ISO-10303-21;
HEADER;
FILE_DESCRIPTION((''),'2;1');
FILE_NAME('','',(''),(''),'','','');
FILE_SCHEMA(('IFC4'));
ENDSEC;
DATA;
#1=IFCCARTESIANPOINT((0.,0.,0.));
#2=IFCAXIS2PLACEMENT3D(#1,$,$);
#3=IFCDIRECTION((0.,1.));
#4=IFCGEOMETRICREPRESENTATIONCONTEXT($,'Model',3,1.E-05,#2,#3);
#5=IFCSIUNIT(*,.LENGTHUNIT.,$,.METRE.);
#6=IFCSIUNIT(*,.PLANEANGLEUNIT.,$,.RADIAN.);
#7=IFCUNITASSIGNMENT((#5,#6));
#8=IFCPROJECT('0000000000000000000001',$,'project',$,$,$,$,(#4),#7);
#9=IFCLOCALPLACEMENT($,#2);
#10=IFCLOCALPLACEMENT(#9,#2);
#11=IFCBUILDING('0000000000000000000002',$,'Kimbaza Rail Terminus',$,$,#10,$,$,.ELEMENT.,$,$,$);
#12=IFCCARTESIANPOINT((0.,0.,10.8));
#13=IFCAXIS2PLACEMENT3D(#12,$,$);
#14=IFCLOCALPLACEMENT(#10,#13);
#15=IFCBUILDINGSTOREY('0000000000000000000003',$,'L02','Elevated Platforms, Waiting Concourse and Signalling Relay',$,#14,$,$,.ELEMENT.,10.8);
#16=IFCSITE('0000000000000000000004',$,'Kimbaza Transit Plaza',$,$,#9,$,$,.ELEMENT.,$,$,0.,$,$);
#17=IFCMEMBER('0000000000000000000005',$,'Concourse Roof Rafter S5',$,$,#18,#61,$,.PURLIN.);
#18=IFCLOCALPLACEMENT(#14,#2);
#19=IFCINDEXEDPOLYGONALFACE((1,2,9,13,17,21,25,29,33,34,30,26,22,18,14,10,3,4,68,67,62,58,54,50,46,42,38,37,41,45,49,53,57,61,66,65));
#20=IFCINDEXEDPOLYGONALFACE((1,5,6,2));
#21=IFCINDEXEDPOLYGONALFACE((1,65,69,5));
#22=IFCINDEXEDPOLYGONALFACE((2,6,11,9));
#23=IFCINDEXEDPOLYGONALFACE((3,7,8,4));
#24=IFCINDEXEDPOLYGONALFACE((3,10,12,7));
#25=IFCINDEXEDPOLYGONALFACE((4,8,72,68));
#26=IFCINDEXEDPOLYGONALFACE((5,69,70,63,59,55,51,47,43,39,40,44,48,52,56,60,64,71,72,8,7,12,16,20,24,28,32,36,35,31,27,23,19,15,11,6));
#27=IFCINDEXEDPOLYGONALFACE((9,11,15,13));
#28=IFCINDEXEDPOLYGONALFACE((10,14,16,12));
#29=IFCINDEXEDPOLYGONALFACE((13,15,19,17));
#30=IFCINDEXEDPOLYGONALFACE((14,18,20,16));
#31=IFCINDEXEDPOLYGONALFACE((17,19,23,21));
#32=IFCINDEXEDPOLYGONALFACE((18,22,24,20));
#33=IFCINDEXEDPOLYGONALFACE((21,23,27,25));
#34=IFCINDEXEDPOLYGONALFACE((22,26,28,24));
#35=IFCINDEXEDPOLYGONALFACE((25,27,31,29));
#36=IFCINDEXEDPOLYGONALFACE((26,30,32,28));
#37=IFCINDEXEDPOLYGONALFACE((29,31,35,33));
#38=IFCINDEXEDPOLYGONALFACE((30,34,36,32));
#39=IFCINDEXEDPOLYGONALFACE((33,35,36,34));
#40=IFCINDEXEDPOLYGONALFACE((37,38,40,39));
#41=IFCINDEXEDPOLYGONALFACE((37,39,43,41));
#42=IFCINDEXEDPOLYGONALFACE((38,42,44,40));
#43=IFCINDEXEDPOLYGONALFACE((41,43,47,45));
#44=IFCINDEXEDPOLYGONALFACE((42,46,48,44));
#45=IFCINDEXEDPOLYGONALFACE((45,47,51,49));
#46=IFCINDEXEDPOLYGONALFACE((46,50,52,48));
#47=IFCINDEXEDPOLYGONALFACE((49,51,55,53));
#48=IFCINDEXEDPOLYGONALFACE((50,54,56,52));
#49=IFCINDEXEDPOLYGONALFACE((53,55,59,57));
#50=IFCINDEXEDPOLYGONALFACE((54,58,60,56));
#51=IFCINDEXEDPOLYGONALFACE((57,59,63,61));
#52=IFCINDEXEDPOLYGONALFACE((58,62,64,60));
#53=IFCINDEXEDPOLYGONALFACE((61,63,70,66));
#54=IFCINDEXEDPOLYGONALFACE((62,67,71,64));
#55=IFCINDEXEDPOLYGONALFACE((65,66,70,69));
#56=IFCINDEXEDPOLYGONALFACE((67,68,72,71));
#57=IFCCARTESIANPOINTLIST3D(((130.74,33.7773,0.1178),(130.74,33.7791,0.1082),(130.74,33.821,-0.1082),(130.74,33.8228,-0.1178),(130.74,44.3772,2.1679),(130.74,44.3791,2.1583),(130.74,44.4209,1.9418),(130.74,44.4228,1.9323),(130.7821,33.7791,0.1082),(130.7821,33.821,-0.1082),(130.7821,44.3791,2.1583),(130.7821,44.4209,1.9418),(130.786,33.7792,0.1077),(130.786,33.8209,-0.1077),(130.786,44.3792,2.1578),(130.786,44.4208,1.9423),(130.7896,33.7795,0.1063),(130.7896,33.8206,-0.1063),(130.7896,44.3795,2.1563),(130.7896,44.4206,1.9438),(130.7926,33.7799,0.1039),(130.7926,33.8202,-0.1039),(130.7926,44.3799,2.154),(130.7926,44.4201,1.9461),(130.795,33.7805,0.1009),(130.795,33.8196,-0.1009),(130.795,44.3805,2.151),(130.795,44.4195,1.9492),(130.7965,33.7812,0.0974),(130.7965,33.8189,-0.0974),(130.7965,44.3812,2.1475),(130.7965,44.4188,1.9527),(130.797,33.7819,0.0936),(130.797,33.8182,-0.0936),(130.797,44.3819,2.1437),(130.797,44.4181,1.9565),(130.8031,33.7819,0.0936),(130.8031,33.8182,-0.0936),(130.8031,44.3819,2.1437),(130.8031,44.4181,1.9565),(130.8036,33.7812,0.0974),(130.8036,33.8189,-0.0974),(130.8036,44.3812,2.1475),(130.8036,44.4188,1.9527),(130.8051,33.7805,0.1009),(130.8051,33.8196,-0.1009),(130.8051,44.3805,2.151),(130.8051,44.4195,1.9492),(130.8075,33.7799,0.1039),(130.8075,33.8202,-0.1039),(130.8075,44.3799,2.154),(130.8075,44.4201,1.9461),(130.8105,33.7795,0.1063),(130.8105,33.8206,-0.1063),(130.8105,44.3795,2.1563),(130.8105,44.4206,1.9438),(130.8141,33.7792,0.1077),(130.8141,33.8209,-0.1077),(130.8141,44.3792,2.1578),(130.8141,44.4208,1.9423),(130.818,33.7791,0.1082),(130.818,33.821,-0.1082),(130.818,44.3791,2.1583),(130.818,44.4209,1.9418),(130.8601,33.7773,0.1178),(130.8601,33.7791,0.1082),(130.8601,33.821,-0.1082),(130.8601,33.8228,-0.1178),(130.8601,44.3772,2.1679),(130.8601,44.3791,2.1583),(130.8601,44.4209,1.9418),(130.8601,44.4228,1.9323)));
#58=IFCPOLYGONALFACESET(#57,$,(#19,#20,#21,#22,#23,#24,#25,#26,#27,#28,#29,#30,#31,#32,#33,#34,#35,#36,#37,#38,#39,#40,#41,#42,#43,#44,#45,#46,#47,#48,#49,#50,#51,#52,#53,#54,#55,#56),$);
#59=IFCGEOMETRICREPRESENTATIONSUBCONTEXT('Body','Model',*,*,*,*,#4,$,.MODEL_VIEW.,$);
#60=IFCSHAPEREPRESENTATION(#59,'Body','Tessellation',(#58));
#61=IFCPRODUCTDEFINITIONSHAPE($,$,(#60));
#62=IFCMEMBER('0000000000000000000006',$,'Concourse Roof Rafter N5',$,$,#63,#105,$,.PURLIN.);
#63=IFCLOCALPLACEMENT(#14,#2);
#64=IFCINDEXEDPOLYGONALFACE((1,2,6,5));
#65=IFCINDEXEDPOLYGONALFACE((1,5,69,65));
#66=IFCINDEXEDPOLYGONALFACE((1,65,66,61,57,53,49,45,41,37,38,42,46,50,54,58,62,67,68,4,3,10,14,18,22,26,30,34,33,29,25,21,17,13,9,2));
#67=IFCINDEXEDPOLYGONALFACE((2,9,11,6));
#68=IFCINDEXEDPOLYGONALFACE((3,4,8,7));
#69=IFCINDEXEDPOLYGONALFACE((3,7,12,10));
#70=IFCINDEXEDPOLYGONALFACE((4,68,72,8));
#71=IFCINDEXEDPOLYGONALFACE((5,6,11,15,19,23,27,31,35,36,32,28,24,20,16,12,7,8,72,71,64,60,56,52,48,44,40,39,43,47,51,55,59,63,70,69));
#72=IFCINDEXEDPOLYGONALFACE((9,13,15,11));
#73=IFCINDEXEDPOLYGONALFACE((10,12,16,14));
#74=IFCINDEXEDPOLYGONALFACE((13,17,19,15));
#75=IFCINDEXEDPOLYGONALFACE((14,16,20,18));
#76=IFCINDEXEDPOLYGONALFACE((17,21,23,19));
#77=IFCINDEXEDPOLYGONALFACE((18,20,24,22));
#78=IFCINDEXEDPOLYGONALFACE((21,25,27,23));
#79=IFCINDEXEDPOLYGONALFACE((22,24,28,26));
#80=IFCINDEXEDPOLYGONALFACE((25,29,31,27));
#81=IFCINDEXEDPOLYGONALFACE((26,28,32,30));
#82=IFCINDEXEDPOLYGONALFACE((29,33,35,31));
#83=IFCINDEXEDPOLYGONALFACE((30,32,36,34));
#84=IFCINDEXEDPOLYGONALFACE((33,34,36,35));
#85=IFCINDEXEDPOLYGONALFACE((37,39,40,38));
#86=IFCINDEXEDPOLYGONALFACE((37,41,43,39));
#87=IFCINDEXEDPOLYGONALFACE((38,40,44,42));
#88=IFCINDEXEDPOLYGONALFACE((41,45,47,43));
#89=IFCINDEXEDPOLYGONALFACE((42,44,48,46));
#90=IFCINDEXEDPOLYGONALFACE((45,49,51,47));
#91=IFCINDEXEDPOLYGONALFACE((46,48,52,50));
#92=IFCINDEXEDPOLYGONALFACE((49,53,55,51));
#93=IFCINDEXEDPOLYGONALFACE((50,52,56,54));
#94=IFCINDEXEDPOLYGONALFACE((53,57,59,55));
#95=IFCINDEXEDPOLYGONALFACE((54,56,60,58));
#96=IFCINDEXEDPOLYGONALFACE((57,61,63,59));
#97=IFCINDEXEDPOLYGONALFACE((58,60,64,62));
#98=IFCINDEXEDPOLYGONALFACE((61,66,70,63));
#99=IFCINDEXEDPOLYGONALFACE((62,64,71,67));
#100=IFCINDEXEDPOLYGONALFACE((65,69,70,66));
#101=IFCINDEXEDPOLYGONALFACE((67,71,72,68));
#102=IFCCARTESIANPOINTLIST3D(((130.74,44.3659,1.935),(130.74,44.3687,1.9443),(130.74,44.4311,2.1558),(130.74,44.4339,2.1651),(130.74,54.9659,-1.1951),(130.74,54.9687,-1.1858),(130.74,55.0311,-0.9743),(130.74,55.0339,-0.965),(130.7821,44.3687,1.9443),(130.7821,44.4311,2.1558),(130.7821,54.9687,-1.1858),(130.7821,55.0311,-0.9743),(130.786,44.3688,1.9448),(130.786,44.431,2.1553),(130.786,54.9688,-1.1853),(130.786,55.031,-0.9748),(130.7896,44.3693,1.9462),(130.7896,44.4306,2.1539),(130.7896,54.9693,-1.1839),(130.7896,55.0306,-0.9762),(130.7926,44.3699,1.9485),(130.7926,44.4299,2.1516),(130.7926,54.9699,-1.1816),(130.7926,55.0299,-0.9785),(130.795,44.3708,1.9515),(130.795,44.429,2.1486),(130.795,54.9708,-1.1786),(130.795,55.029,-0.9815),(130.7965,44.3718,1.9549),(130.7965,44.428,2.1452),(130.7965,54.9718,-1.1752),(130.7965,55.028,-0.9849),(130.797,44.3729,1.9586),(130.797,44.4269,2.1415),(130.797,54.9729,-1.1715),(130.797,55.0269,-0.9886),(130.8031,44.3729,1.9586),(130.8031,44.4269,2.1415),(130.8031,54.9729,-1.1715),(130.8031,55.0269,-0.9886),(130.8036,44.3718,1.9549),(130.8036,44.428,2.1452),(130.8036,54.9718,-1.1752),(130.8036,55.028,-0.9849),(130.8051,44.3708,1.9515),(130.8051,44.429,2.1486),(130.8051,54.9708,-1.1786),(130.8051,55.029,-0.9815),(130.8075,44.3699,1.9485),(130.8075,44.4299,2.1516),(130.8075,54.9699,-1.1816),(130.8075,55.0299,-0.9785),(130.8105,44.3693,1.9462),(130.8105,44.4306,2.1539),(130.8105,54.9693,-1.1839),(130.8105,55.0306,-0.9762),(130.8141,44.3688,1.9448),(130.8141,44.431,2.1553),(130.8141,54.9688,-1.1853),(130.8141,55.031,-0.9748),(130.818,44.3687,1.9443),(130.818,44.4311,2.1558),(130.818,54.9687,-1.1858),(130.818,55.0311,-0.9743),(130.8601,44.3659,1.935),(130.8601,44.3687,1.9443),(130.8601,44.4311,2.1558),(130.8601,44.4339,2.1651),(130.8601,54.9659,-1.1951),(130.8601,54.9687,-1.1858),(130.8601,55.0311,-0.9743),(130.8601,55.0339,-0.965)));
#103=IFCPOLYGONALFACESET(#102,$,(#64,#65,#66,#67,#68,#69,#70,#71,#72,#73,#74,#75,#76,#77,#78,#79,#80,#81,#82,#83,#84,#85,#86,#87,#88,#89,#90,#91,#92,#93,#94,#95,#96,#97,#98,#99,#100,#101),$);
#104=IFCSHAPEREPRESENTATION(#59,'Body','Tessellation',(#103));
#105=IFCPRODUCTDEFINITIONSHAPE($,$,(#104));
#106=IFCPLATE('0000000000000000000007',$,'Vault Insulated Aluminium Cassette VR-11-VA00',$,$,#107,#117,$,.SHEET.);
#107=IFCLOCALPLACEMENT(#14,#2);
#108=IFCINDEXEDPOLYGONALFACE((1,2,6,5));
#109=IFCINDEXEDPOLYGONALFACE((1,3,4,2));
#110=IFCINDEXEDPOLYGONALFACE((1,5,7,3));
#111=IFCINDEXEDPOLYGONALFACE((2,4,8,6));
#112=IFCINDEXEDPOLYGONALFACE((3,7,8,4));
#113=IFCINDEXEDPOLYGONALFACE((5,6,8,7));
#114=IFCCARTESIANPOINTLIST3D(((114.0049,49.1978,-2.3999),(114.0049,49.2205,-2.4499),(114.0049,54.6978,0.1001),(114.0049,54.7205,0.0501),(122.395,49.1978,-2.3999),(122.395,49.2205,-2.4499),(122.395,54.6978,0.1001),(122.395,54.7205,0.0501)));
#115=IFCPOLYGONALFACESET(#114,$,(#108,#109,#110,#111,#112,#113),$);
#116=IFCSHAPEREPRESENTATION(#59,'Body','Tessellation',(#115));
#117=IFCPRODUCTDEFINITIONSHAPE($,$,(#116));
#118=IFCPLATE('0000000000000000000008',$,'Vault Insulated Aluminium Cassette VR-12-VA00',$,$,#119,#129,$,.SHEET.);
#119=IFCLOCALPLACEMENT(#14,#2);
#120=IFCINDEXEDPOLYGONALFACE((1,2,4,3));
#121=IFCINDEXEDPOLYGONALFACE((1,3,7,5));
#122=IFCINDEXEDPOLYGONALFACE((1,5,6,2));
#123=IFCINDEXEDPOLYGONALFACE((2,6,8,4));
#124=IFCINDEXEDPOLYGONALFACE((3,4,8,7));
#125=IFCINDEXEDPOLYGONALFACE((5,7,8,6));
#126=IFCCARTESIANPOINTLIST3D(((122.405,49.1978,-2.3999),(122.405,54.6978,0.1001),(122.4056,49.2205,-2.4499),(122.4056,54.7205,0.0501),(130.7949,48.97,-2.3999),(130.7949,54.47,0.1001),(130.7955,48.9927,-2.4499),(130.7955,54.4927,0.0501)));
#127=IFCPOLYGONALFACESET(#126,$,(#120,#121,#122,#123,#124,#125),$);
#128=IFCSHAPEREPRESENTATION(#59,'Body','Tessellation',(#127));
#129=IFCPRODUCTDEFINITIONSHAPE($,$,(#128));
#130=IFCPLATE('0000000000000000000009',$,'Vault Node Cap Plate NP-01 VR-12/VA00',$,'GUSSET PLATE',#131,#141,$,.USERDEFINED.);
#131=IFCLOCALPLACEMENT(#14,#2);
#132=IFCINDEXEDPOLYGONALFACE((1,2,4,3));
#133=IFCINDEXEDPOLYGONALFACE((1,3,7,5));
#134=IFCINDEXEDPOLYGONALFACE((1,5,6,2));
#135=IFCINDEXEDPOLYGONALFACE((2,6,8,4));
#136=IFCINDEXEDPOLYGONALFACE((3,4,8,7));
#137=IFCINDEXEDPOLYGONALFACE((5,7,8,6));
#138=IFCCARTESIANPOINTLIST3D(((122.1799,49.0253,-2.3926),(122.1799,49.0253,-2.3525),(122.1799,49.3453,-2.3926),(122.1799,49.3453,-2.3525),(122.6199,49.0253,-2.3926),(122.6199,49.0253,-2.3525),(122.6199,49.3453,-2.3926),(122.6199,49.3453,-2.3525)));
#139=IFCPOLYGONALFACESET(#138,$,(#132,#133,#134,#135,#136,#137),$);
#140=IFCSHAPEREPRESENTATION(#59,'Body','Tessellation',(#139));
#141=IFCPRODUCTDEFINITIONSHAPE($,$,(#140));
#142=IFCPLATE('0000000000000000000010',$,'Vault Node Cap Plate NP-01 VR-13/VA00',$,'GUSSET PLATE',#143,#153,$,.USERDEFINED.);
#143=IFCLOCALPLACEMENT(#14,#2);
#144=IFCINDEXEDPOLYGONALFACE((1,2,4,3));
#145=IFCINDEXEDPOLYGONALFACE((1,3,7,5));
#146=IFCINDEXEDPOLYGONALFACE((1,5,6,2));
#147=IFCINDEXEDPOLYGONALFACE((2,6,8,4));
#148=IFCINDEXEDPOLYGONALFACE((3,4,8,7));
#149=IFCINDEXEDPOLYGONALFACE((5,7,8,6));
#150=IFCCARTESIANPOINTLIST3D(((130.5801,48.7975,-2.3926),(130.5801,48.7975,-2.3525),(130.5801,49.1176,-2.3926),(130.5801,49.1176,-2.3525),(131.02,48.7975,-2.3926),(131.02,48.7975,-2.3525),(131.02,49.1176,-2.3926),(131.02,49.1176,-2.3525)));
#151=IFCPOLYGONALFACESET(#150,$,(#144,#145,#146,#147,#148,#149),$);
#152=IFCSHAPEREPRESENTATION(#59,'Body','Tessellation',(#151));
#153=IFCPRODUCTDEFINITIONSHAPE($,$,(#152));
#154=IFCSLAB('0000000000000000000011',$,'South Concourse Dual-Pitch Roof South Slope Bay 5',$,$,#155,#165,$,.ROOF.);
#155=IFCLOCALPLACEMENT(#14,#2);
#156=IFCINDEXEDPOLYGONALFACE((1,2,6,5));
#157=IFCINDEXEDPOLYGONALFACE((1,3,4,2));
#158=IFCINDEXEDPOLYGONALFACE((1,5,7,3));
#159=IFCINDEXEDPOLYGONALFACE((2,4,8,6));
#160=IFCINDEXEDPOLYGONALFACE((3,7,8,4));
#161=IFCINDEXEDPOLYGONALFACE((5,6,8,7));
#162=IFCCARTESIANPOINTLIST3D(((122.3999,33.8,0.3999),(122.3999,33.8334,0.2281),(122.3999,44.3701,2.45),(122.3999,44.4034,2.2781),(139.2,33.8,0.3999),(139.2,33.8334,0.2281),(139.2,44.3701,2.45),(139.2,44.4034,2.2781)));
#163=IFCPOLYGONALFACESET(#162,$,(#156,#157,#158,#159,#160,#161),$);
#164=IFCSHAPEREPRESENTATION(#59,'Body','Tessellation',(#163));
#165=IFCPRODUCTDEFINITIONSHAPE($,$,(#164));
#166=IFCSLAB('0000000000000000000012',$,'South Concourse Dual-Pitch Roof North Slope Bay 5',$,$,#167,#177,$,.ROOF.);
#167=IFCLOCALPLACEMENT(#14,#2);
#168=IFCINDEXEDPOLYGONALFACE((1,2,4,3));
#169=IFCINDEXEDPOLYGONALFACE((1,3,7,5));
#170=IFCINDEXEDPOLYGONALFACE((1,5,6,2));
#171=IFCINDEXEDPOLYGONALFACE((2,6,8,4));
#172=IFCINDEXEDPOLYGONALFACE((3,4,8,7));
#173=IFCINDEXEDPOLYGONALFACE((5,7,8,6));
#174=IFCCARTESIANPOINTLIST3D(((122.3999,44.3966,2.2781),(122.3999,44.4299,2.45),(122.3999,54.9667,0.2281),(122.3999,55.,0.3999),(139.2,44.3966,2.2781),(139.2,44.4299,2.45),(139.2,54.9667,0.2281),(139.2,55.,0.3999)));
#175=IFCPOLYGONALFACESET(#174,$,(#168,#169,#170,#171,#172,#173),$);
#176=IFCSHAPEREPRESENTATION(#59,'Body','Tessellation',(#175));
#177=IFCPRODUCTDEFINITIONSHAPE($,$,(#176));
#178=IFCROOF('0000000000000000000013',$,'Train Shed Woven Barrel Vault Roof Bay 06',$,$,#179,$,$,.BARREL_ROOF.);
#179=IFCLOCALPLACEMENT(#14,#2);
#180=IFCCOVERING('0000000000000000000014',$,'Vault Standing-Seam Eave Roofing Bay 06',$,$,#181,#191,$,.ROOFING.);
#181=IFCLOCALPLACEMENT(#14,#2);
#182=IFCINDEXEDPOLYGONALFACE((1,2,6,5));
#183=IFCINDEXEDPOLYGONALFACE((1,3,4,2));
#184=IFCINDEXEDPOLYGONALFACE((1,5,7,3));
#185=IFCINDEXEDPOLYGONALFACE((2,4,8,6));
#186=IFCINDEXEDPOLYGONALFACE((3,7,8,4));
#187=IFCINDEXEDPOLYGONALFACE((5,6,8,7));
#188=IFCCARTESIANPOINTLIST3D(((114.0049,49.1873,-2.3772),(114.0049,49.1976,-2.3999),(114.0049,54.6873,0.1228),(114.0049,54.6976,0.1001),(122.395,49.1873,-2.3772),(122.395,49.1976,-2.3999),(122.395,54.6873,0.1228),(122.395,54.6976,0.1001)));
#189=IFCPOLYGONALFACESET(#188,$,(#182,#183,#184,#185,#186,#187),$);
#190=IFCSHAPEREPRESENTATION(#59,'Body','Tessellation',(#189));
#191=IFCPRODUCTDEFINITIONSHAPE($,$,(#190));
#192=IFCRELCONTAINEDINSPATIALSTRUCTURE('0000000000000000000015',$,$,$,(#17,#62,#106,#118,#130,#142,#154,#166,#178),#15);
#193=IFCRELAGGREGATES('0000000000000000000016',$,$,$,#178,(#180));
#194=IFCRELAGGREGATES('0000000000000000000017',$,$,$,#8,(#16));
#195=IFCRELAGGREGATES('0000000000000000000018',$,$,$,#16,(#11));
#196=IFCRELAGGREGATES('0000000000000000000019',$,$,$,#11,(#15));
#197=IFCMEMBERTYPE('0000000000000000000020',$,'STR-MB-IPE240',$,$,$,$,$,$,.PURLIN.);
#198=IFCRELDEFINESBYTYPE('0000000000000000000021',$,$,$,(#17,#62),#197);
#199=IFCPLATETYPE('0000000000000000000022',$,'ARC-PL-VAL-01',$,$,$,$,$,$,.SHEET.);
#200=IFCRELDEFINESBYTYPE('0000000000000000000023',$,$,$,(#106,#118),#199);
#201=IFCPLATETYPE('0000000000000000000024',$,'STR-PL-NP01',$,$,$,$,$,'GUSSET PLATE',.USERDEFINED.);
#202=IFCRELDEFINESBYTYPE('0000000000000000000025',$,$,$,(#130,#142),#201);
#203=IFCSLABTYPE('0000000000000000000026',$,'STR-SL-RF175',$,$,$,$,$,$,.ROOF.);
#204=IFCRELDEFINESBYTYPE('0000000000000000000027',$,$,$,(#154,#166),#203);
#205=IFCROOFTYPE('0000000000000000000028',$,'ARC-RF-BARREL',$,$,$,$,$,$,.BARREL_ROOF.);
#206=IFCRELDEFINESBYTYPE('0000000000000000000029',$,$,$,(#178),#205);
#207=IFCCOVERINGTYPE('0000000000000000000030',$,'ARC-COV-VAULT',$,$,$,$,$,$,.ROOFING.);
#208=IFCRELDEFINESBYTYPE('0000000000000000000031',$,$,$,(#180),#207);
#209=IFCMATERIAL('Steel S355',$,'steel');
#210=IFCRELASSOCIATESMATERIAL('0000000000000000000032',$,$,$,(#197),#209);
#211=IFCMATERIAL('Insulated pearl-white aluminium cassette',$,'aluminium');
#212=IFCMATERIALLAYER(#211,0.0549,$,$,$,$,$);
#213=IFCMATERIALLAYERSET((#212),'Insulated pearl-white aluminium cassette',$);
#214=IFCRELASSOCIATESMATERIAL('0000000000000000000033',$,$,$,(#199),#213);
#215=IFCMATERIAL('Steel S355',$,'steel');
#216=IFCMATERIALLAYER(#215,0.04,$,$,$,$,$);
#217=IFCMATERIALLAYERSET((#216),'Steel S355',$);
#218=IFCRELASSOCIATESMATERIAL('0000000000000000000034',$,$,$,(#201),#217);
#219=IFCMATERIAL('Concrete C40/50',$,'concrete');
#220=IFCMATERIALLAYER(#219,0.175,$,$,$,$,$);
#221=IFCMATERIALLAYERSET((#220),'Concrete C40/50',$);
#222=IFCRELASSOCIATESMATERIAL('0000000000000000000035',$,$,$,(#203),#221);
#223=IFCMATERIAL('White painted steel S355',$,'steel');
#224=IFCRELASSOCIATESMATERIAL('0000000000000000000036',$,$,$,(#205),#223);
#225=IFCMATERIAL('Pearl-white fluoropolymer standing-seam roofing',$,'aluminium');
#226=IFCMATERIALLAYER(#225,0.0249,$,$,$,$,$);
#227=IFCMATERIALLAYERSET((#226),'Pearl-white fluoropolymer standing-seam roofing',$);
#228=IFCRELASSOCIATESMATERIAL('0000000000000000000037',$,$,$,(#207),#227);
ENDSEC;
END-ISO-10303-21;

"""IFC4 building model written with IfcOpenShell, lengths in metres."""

from ifc_helpers import new_model, si_unit, direction, frame, origin, origin_2d, place, context, subcontext, project, spatial, polyline, rectangle, i_section, outline, extrude, material, layer, layer_set, material_profile, profile_set, type_object, element, aggregate, save


model = new_model("IFC4")

# Units and contexts
model_context = context("Model", 3, precision=1e-05, world=origin(), true_north=direction((0.0, 1.0)))
body_context = subcontext(model_context, "Body", "Model", "MODEL_VIEW")
ifc_project = project(units=[si_unit("LENGTHUNIT", "METRE"), si_unit("PLANEANGLEUNIT", "RADIAN")], contexts=[model_context])

# Site, building, storey
site_placement = place(None, origin())
site = spatial("IfcSite", under=ifc_project, at=site_placement, Name="Kimbaza Transit Plaza", CompositionType="ELEMENT", RefElevation=0.0)
building_placement = place(site_placement, origin())
building = spatial("IfcBuilding", under=site, at=building_placement, Name="Kimbaza Rail Terminus", CompositionType="ELEMENT")
storey_placement = place(building_placement, frame((0.0, 0.0, 10.8)))
storey = spatial("IfcBuildingStorey", under=building, at=storey_placement, Name="L02", Description="Elevated Platforms, Waiting Concourse and Signalling Relay", CompositionType="ELEMENT", Elevation=10.8)

# Members
ifc_material_1 = material(Name="Steel S355", Category="steel")
ifc_material_profile_1 = material_profile(ifc_material_1, i_section(OverallWidth=0.1201, OverallDepth=0.24, WebThickness=0.0061, FlangeThickness=0.0098, FilletRadius=0.0149, at=origin_2d()), Name="IPE 240")
ifc_profile_set_1 = profile_set([ifc_material_profile_1], Name="Steel S355")
member_type_1 = type_object("IfcMemberType", Name="STR-MB-IPE240", PredefinedType="PURLIN", material=ifc_profile_set_1)
member_1_placement = place(storey_placement, frame((130.8, 33.8, 0.0), z_axis=(0.0, 0.981806, 0.189885), x_axis=(-1.0, 0.0, 0.0)))
element("IfcMember", 1, at=member_1_placement, inside=storey, type_object=member_type_1, Name="Concourse Roof Rafter S5", PredefinedType="PURLIN", context=body_context, shape_type="SweptSolid", body=[
    extrude(i_section(OverallWidth=0.1201, OverallDepth=0.24, WebThickness=0.0061, FlangeThickness=0.0098, FilletRadius=0.0149, at=origin_2d()), origin(), (0.0, 0.0, 1.0), 10.7964),
])
member_2_placement = place(storey_placement, frame((130.8, 44.3999, 2.05), z_axis=(0.0, 0.95906, -0.283203), x_axis=(-1.0, 0.0, 0.0)))
element("IfcMember", 2, at=member_2_placement, inside=storey, type_object=member_type_1, Name="Concourse Roof Rafter N5", PredefinedType="PURLIN", context=body_context, shape_type="SweptSolid", body=[
    extrude(i_section(OverallWidth=0.1201, OverallDepth=0.24, WebThickness=0.0061, FlangeThickness=0.0098, FilletRadius=0.0149, at=origin_2d()), origin(), (0.0, 0.0, 1.0), 11.0525),
])

# Plates
ifc_material_2 = material(Name="Insulated pearl-white aluminium cassette", Category="aluminium")
ifc_layer_1 = layer(ifc_material_2, 0.0549)
ifc_layer_set_1 = layer_set([ifc_layer_1], Name="Insulated pearl-white aluminium cassette")
plate_type_1 = type_object("IfcPlateType", Name="ARC-PL-VAL-01", PredefinedType="SHEET", material=ifc_layer_set_1)
plate_1_placement = place(storey_placement, frame((114.0049, 49.1978, -2.3999), z_axis=(0.0, -0.413803, 0.910366), x_axis=(1.0, 0.0, 0.0)))
element("IfcPlate", 3, at=plate_1_placement, inside=storey, type_object=plate_type_1, Name="Vault Insulated Aluminium Cassette VR-11-VA00", PredefinedType="SHEET", context=body_context, shape_type="SweptSolid", body=[
    extrude(outline(polyline([(0.0, 0.0), (8.3901, 0.0), (8.3901, 6.0415), (0.0, 6.0415), (0.0, 0.0)])), origin(), (0.0, 0.0, -1.0), 0.0549),
])
plate_2_placement = place(storey_placement, frame((122.405, 49.1978, -2.3999), z_axis=(-0.011234, -0.413777, 0.910309), x_axis=(0.999632, -0.02714, 0.0)))
element("IfcPlate", 4, at=plate_2_placement, inside=storey, type_object=plate_type_1, Name="Vault Insulated Aluminium Cassette VR-12-VA00", PredefinedType="SHEET", context=body_context, shape_type="SweptSolid", body=[
    extrude(outline(polyline([(0.0, 0.0), (8.393, 0.0), (8.2437, 6.0397), (-0.1493, 6.0397), (0.0, 0.0)])), origin(), (0.0, 0.0, -1.0), 0.0549),
])
ifc_material_3 = material(Name="Steel S355", Category="steel")
ifc_layer_2 = layer(ifc_material_3, 0.04)
ifc_layer_set_2 = layer_set([ifc_layer_2], Name="Steel S355")
plate_type_2 = type_object("IfcPlateType", Name="STR-PL-NP01", ElementType="GUSSET PLATE", PredefinedType="USERDEFINED", material=ifc_layer_set_2)
for number, where, z_axis, x_axis, name in (
    (5, (122.3999, 49.1853, -2.3926), (0.0, 0.0, 1.0), (1.0, 0.0, 0.0), "Vault Node Cap Plate NP-01 VR-12/VA00"),
    (6, (130.8, 48.9575, -2.3926), (0.0, 0.0, 1.0), (1.0, 0.0, 0.0), "Vault Node Cap Plate NP-01 VR-13/VA00"),
):
    element("IfcPlate", number, at=place(storey_placement, frame(where, z_axis=z_axis, x_axis=x_axis)), inside=storey, type_object=plate_type_2, Name=name, ObjectType="GUSSET PLATE", PredefinedType="USERDEFINED", context=body_context, shape_type="SweptSolid", body=[
        extrude(rectangle(XDim=0.4399, YDim=0.3201, at=origin_2d()), origin(), (0.0, 0.0, 1.0), 0.04),
    ])

# Slabs
ifc_material_4 = material(Name="Concrete C40/50", Category="concrete")
ifc_layer_3 = layer(ifc_material_4, 0.175)
ifc_layer_set_3 = layer_set([ifc_layer_3], Name="Concrete C40/50")
slab_type = type_object("IfcSlabType", Name="STR-SL-RF175", PredefinedType="ROOF", material=ifc_layer_set_3)
for number, where, z_axis, x_axis, name in (
    (7, (122.3999, 33.8, 0.3999), (0.0, -0.1904, 0.981706), (1.0, 0.0, 0.0), "South Concourse Dual-Pitch Roof South Slope Bay 5"),
    (8, (122.3999, 44.4299, 2.45), (0.0, 0.1904, 0.981706), (1.0, 0.0, 0.0), "South Concourse Dual-Pitch Roof North Slope Bay 5"),
):
    element("IfcSlab", number, at=place(storey_placement, frame(where, z_axis=z_axis, x_axis=x_axis)), inside=storey, type_object=slab_type, Name=name, PredefinedType="ROOF", context=body_context, shape_type="SweptSolid", body=[
        extrude(outline(polyline([(0.0, 0.0), (16.8, 0.0), (16.8, 10.767), (0.0, 10.767), (0.0, 0.0)])), origin(), (0.0, 0.0, -1.0), 0.175),
    ])

# Roof, covering
ifc_material_5 = material(Name="White painted steel S355", Category="steel")
roof_type = type_object("IfcRoofType", Name="ARC-RF-BARREL", PredefinedType="BARREL_ROOF", material=ifc_material_5)
roof_1_placement = place(storey_placement, origin())
roof_1 = element("IfcRoof", 9, at=roof_1_placement, inside=storey, type_object=roof_type, Name="Train Shed Woven Barrel Vault Roof Bay 06", PredefinedType="BARREL_ROOF")
ifc_material_6 = material(Name="Pearl-white fluoropolymer standing-seam roofing", Category="aluminium")
ifc_layer_4 = layer(ifc_material_6, 0.0249)
ifc_layer_set_4 = layer_set([ifc_layer_4], Name="Pearl-white fluoropolymer standing-seam roofing")
covering_type = type_object("IfcCoveringType", Name="ARC-COV-VAULT", PredefinedType="ROOFING", material=ifc_layer_set_4)
covering_1_placement = place(storey_placement, frame((114.0049, 49.1873, -2.3772), z_axis=(0.0, -0.413803, 0.910366), x_axis=(1.0, 0.0, 0.0)))
covering_1 = element("IfcCovering", 10, at=covering_1_placement, type_object=covering_type, Name="Vault Standing-Seam Eave Roofing Bay 06", PredefinedType="ROOFING", context=body_context, shape_type="SweptSolid", body=[
    extrude(outline(polyline([(0.0, 0.0), (8.3901, 0.0), (8.3901, 6.0415), (0.0, 6.0415), (0.0, 0.0)])), origin(), (0.0, 0.0, -1.0), 0.0249),
])
aggregate(roof_1, [covering_1])

save(model, "model.ifc")
